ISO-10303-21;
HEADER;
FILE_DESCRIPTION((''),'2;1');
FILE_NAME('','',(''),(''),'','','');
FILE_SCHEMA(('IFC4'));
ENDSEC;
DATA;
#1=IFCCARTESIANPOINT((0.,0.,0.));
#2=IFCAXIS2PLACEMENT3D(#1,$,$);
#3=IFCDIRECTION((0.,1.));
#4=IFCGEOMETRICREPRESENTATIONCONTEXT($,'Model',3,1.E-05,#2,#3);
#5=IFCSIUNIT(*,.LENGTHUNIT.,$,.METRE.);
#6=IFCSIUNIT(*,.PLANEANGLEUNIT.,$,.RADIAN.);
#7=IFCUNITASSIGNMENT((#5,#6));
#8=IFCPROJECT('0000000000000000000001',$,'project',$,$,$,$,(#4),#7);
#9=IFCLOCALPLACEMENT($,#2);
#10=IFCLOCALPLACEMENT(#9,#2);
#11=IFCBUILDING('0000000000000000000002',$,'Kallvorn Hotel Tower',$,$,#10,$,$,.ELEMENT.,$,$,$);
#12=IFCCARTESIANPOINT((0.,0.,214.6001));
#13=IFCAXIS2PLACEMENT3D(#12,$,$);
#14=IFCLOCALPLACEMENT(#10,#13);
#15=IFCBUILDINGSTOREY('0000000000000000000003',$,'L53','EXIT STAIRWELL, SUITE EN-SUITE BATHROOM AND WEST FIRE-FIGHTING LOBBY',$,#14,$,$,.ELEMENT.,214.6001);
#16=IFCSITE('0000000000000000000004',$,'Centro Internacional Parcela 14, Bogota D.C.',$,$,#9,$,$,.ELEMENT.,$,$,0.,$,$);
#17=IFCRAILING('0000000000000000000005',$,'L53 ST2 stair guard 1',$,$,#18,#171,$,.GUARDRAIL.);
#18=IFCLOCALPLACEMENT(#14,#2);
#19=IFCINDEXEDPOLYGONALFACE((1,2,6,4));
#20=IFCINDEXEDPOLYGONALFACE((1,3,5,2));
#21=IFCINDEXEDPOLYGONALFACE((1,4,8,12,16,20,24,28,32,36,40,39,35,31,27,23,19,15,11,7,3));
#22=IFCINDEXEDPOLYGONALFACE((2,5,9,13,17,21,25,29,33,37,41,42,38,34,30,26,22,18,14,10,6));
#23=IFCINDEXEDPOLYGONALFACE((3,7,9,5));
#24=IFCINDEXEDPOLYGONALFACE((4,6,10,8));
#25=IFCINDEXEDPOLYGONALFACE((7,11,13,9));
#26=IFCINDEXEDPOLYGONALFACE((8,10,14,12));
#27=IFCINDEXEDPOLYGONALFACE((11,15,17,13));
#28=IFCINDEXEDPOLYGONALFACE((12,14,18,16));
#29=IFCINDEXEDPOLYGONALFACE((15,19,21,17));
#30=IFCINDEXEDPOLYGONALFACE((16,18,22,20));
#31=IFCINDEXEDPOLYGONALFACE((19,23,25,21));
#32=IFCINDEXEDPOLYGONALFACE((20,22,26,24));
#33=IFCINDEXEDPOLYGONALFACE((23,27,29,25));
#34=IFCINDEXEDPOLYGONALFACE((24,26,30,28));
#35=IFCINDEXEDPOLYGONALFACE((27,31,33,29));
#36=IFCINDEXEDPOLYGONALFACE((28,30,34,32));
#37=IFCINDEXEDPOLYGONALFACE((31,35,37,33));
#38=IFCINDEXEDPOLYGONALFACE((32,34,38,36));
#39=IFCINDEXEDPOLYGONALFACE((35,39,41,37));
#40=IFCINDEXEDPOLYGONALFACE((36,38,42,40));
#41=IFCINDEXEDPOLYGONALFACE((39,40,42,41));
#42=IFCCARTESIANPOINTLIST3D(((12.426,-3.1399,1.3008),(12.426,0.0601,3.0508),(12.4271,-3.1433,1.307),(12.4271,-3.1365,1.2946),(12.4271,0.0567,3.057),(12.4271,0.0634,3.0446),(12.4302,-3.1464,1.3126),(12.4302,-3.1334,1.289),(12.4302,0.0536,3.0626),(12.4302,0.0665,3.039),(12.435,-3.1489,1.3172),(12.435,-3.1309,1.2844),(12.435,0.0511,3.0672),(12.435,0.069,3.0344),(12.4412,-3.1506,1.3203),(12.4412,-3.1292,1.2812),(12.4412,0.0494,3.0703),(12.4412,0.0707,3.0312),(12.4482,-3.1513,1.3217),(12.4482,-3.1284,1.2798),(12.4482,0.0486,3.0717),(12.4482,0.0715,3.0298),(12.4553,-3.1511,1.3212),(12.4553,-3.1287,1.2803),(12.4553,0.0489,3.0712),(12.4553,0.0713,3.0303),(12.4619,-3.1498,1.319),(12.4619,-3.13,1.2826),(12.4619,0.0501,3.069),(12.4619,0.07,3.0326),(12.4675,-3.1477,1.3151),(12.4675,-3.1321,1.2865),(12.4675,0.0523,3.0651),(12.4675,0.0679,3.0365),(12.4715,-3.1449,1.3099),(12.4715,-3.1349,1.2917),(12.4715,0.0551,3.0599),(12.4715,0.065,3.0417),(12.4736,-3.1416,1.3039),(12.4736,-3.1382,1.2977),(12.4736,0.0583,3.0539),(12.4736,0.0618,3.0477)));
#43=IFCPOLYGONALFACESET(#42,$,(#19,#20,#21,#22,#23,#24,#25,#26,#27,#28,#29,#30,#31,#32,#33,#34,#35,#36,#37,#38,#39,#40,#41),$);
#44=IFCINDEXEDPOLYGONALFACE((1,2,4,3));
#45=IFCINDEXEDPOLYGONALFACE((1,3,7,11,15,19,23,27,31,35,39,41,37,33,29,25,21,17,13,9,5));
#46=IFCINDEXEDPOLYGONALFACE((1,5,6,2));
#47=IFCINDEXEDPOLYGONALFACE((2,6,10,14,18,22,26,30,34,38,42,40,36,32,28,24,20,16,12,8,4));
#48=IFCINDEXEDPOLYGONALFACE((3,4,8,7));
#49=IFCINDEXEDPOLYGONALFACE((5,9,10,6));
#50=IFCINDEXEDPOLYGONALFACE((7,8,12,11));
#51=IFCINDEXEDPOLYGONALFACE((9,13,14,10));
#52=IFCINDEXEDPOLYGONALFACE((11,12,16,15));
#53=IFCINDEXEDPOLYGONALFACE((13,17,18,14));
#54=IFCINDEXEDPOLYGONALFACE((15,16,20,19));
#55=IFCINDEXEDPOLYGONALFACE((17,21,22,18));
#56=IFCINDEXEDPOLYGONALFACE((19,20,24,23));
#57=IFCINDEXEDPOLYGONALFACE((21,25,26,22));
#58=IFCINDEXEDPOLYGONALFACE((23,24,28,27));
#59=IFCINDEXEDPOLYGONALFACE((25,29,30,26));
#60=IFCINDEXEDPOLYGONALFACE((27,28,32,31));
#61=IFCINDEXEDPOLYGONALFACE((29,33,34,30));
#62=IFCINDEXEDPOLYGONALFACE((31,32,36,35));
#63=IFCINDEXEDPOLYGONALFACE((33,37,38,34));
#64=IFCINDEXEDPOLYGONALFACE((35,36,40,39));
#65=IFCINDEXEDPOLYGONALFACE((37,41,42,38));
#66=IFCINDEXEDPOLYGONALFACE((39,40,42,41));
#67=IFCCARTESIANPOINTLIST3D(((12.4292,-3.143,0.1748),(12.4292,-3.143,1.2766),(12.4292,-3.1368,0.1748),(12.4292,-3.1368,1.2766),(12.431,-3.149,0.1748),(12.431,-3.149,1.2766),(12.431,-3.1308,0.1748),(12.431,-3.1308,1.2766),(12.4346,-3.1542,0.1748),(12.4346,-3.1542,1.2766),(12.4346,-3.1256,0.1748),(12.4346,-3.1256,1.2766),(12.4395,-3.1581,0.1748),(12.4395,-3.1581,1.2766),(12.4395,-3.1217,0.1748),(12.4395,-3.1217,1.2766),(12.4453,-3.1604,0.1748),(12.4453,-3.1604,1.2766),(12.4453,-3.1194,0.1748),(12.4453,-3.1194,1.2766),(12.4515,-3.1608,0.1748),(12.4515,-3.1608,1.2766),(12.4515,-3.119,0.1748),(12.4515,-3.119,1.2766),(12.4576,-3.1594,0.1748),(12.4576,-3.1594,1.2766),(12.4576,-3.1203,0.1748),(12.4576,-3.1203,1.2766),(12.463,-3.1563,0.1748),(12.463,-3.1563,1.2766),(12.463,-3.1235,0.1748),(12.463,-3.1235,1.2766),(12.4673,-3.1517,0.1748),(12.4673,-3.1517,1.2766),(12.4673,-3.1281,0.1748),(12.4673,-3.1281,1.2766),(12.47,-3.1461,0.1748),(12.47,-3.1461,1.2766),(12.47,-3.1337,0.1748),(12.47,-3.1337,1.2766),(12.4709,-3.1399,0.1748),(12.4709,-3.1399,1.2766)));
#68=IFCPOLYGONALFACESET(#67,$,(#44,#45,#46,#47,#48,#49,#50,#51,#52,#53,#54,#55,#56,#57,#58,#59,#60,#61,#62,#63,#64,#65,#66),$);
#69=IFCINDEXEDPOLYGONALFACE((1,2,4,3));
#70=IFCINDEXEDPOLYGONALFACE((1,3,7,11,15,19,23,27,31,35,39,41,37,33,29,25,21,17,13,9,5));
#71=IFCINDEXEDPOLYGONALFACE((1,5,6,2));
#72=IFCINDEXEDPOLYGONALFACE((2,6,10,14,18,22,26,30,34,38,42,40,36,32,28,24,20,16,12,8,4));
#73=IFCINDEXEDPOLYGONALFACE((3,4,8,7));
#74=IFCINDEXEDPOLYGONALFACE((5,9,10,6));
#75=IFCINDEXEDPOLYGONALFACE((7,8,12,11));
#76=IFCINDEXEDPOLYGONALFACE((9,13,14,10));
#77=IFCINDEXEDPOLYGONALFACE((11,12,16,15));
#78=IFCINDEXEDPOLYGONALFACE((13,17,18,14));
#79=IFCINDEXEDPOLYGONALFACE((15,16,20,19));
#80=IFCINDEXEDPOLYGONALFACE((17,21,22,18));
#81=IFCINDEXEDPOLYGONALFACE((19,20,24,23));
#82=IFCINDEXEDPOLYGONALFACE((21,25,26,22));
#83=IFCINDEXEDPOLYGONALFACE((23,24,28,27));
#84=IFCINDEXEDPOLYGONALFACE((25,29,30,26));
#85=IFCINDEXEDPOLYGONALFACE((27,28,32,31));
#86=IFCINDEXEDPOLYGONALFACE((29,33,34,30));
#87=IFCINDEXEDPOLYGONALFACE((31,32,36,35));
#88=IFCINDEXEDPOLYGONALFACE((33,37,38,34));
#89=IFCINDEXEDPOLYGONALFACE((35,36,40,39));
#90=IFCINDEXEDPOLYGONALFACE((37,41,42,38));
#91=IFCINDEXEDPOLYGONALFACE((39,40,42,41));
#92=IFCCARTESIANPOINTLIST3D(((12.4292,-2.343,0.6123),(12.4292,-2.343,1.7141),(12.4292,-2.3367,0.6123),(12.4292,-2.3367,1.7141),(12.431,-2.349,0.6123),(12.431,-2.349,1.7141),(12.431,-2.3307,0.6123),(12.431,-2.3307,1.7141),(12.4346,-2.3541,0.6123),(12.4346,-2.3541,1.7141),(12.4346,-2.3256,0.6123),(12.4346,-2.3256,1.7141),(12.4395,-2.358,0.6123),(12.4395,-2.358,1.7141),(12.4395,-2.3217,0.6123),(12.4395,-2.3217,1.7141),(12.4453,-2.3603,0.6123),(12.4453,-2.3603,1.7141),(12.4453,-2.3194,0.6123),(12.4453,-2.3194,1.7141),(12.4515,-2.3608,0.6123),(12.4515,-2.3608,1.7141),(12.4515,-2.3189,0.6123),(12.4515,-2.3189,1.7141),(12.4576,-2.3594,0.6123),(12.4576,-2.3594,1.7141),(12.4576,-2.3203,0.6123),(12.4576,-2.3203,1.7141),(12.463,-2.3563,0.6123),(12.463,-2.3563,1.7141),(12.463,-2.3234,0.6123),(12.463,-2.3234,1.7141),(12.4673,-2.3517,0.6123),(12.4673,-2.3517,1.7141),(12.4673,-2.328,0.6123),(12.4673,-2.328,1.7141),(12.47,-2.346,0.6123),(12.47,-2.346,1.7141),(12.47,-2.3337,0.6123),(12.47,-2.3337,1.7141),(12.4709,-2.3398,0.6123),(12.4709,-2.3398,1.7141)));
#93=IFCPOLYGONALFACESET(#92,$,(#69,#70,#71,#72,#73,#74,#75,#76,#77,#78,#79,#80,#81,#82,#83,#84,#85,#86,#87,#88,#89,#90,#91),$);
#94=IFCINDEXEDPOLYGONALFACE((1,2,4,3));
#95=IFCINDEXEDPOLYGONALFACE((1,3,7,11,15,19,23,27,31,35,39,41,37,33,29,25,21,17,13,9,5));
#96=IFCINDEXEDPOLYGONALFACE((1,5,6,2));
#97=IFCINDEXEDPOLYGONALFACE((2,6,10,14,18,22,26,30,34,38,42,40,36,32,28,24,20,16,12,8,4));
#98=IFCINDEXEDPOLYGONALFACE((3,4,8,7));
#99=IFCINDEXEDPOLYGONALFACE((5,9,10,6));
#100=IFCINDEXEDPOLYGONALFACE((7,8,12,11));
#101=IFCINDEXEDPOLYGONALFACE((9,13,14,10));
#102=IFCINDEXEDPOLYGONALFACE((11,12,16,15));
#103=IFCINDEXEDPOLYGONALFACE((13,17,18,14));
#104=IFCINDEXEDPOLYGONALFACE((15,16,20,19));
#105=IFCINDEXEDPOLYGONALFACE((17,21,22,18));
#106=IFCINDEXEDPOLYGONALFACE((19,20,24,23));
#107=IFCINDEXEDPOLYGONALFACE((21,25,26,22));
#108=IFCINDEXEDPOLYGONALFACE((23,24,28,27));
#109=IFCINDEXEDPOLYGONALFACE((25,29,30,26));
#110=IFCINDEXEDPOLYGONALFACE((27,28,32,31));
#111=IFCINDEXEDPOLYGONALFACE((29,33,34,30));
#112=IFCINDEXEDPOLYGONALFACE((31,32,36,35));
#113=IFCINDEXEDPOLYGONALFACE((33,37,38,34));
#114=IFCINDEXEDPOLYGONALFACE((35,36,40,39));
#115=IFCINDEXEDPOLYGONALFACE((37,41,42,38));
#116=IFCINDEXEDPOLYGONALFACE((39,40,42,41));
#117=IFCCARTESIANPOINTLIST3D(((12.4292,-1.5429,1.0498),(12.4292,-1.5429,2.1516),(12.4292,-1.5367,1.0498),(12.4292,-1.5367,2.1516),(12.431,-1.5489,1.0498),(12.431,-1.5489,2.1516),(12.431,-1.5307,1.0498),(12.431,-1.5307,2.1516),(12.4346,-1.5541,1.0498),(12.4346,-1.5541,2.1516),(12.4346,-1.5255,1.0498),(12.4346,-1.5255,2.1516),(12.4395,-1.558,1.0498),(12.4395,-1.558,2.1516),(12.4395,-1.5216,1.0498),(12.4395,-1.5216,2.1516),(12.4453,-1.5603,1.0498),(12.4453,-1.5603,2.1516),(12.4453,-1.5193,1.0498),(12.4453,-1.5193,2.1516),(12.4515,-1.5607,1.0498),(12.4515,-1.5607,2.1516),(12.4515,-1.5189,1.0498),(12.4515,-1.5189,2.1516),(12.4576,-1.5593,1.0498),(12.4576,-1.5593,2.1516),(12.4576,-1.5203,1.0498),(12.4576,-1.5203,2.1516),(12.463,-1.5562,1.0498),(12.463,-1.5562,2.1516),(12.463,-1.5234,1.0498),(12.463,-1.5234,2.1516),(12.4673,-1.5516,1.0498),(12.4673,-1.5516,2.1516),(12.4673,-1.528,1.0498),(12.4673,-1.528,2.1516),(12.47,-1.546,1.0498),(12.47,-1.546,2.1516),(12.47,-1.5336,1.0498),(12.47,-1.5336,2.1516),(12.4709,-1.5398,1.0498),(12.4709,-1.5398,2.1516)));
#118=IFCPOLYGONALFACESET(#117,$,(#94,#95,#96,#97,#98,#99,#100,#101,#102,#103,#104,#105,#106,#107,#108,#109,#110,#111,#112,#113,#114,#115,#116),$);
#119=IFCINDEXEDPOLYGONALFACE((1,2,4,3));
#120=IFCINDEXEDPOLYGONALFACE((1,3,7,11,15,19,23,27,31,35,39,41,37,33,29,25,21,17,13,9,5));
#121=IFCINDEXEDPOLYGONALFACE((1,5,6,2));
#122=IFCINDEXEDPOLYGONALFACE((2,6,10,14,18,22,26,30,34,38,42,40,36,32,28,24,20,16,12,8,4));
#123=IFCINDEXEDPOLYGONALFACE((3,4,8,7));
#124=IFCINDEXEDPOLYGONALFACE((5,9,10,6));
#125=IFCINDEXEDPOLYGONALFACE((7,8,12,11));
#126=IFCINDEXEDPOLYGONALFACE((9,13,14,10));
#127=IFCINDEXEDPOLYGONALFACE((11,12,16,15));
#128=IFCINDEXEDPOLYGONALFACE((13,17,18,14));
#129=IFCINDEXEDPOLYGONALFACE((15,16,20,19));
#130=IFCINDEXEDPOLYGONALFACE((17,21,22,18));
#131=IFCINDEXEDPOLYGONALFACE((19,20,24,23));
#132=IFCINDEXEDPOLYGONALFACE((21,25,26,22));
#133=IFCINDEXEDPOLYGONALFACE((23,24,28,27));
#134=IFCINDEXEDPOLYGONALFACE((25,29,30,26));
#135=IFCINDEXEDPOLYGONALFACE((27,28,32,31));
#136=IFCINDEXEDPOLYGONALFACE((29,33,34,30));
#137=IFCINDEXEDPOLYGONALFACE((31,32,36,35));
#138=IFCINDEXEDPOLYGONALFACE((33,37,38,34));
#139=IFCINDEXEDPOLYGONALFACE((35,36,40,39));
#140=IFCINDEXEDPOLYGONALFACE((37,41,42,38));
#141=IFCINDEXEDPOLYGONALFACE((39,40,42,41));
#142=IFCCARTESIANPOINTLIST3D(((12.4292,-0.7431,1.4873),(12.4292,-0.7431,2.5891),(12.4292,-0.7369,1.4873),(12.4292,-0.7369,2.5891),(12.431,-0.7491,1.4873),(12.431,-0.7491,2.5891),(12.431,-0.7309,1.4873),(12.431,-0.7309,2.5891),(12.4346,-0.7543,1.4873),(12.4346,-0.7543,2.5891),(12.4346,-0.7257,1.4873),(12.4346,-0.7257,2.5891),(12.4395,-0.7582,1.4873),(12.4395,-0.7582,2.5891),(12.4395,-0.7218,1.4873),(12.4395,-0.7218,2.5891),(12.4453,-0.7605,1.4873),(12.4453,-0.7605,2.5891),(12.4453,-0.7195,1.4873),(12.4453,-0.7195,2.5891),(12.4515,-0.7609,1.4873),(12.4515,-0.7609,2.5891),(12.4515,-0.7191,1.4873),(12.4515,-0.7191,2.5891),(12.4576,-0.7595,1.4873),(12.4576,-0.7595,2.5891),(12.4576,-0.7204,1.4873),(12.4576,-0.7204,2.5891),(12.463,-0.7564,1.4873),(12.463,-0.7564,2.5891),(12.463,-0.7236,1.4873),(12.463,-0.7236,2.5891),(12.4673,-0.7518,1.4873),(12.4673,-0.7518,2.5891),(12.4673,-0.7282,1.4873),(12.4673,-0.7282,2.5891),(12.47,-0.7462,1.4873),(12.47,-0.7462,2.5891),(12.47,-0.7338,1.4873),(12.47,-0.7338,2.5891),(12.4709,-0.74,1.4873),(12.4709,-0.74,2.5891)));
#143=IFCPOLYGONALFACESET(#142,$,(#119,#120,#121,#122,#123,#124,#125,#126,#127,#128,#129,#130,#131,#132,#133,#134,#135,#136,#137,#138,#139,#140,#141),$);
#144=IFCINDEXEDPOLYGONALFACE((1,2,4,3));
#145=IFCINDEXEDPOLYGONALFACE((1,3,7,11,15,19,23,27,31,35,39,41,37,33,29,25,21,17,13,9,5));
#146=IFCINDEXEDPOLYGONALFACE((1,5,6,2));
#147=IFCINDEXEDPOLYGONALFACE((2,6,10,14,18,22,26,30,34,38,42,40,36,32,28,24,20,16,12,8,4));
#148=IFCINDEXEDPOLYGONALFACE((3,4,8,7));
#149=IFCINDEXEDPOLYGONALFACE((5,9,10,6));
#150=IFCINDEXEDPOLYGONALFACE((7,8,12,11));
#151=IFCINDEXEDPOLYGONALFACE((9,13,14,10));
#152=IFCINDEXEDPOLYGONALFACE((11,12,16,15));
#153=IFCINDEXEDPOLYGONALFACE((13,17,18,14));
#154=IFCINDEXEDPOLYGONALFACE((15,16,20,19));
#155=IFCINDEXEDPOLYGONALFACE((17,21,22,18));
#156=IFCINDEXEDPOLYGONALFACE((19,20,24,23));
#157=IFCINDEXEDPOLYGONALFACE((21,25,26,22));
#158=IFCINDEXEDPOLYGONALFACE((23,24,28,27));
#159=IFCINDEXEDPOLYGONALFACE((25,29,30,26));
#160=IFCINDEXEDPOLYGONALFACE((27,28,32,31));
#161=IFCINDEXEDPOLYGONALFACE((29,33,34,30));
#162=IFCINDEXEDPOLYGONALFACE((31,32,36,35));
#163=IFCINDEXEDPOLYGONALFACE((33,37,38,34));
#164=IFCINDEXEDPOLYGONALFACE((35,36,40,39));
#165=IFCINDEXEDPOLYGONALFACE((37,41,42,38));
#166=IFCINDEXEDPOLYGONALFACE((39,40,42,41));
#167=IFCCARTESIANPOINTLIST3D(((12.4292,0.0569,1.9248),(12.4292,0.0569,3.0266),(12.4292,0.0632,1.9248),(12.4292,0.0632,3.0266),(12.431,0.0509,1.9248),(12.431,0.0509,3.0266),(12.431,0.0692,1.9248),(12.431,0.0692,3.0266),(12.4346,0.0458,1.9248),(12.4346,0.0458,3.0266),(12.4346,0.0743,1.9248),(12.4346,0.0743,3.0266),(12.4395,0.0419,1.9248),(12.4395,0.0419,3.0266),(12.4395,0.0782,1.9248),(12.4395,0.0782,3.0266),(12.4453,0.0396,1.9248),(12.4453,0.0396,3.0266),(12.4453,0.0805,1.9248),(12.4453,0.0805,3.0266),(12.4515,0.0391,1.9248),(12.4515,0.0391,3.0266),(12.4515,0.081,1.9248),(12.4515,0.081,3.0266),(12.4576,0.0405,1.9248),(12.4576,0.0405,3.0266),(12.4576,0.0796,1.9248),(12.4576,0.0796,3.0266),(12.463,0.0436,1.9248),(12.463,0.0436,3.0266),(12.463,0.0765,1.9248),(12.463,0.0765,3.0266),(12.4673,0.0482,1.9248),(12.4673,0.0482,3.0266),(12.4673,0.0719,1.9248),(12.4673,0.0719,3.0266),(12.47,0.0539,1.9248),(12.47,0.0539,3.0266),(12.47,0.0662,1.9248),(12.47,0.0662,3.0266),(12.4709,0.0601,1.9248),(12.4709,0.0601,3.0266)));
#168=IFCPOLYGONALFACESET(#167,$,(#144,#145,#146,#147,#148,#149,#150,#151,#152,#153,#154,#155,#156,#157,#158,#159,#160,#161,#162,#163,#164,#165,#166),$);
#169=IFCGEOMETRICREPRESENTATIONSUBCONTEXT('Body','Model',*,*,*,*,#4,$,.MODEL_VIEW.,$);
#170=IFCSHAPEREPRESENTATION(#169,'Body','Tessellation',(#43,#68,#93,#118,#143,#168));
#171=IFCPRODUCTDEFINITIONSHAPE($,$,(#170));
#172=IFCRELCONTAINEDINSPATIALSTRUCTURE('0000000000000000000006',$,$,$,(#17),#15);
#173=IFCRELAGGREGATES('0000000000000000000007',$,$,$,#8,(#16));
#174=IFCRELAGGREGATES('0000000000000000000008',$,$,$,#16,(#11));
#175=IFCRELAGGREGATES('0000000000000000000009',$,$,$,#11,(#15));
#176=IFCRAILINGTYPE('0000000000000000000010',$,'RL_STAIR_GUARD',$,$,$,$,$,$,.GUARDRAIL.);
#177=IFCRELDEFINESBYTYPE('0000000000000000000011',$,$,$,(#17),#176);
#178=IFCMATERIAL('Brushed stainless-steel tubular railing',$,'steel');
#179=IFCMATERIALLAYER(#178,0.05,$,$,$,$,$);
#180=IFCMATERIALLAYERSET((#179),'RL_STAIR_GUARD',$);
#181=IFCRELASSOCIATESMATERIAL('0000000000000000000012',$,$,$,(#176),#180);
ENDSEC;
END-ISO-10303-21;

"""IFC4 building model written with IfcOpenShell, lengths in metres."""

from ifc_helpers import new_model, si_unit, direction, frame, origin, origin_2d, place, context, subcontext, project, spatial, circle, extrude, material, layer, layer_set, type_object, element, save


model = new_model("IFC4")

# Units and contexts
model_context = context("Model", 3, precision=1e-05, world=origin(), true_north=direction((0.0, 1.0)))
body_context = subcontext(model_context, "Body", "Model", "MODEL_VIEW")
ifc_project = project(units=[si_unit("LENGTHUNIT", "METRE"), si_unit("PLANEANGLEUNIT", "RADIAN")], contexts=[model_context])

# Site, building, storey
site_placement = place(None, origin())
site = spatial("IfcSite", under=ifc_project, at=site_placement, Name="Centro Internacional Parcela 14, Bogota D.C.", CompositionType="ELEMENT", RefElevation=0.0)
building_placement = place(site_placement, origin())
building = spatial("IfcBuilding", under=site, at=building_placement, Name="Kallvorn Hotel Tower", CompositionType="ELEMENT")
storey_placement = place(building_placement, frame((0.0, 0.0, 214.6001)))
storey = spatial("IfcBuildingStorey", under=building, at=storey_placement, Name="L53", Description="EXIT STAIRWELL, SUITE EN-SUITE BATHROOM AND WEST FIRE-FIGHTING LOBBY", CompositionType="ELEMENT", Elevation=214.6001)

# Railing
ifc_material_1 = material(Name="Brushed stainless-steel tubular railing", Category="steel")
ifc_layer_1 = layer(ifc_material_1, 0.05)
ifc_layer_set_1 = layer_set([ifc_layer_1], Name="RL_STAIR_GUARD")
railing_type = type_object("IfcRailingType", Name="RL_STAIR_GUARD", PredefinedType="GUARDRAIL", material=ifc_layer_set_1)
railing_1_placement = place(storey_placement, frame((12.45, -3.1399, 0.1748)))
element("IfcRailing", 1, at=railing_1_placement, inside=storey, type_object=railing_type, Name="L53 ST2 stair guard 1", PredefinedType="GUARDRAIL", context=body_context, shape_type="SweptSolid", body=[
    extrude(circle(Radius=0.0239, at=origin_2d()), frame((0.0, 0.0, 1.126), z_axis=(0.0, 0.877368, 0.479818), x_axis=(-1.0, 0.0, 0.0)), (0.0, 0.0, 1.0), 3.6472),
    extrude(circle(Radius=0.021, at=origin_2d()), origin(), (0.0, 0.0, 1.0), 1.1018),
    extrude(circle(Radius=0.021, at=origin_2d()), frame((0.0, 0.8, 0.4375)), (0.0, 0.0, 1.0), 1.1018),
    extrude(circle(Radius=0.021, at=origin_2d()), frame((0.0, 1.6001, 0.875)), (0.0, 0.0, 1.0), 1.1018),
    extrude(circle(Radius=0.021, at=origin_2d()), frame((0.0, 2.3999, 1.3125)), (0.0, 0.0, 1.0), 1.1018),
    extrude(circle(Radius=0.021, at=origin_2d()), frame((0.0, 3.2, 1.75)), (0.0, 0.0, 1.0), 1.1018),
])

save(model, "model.ifc")
